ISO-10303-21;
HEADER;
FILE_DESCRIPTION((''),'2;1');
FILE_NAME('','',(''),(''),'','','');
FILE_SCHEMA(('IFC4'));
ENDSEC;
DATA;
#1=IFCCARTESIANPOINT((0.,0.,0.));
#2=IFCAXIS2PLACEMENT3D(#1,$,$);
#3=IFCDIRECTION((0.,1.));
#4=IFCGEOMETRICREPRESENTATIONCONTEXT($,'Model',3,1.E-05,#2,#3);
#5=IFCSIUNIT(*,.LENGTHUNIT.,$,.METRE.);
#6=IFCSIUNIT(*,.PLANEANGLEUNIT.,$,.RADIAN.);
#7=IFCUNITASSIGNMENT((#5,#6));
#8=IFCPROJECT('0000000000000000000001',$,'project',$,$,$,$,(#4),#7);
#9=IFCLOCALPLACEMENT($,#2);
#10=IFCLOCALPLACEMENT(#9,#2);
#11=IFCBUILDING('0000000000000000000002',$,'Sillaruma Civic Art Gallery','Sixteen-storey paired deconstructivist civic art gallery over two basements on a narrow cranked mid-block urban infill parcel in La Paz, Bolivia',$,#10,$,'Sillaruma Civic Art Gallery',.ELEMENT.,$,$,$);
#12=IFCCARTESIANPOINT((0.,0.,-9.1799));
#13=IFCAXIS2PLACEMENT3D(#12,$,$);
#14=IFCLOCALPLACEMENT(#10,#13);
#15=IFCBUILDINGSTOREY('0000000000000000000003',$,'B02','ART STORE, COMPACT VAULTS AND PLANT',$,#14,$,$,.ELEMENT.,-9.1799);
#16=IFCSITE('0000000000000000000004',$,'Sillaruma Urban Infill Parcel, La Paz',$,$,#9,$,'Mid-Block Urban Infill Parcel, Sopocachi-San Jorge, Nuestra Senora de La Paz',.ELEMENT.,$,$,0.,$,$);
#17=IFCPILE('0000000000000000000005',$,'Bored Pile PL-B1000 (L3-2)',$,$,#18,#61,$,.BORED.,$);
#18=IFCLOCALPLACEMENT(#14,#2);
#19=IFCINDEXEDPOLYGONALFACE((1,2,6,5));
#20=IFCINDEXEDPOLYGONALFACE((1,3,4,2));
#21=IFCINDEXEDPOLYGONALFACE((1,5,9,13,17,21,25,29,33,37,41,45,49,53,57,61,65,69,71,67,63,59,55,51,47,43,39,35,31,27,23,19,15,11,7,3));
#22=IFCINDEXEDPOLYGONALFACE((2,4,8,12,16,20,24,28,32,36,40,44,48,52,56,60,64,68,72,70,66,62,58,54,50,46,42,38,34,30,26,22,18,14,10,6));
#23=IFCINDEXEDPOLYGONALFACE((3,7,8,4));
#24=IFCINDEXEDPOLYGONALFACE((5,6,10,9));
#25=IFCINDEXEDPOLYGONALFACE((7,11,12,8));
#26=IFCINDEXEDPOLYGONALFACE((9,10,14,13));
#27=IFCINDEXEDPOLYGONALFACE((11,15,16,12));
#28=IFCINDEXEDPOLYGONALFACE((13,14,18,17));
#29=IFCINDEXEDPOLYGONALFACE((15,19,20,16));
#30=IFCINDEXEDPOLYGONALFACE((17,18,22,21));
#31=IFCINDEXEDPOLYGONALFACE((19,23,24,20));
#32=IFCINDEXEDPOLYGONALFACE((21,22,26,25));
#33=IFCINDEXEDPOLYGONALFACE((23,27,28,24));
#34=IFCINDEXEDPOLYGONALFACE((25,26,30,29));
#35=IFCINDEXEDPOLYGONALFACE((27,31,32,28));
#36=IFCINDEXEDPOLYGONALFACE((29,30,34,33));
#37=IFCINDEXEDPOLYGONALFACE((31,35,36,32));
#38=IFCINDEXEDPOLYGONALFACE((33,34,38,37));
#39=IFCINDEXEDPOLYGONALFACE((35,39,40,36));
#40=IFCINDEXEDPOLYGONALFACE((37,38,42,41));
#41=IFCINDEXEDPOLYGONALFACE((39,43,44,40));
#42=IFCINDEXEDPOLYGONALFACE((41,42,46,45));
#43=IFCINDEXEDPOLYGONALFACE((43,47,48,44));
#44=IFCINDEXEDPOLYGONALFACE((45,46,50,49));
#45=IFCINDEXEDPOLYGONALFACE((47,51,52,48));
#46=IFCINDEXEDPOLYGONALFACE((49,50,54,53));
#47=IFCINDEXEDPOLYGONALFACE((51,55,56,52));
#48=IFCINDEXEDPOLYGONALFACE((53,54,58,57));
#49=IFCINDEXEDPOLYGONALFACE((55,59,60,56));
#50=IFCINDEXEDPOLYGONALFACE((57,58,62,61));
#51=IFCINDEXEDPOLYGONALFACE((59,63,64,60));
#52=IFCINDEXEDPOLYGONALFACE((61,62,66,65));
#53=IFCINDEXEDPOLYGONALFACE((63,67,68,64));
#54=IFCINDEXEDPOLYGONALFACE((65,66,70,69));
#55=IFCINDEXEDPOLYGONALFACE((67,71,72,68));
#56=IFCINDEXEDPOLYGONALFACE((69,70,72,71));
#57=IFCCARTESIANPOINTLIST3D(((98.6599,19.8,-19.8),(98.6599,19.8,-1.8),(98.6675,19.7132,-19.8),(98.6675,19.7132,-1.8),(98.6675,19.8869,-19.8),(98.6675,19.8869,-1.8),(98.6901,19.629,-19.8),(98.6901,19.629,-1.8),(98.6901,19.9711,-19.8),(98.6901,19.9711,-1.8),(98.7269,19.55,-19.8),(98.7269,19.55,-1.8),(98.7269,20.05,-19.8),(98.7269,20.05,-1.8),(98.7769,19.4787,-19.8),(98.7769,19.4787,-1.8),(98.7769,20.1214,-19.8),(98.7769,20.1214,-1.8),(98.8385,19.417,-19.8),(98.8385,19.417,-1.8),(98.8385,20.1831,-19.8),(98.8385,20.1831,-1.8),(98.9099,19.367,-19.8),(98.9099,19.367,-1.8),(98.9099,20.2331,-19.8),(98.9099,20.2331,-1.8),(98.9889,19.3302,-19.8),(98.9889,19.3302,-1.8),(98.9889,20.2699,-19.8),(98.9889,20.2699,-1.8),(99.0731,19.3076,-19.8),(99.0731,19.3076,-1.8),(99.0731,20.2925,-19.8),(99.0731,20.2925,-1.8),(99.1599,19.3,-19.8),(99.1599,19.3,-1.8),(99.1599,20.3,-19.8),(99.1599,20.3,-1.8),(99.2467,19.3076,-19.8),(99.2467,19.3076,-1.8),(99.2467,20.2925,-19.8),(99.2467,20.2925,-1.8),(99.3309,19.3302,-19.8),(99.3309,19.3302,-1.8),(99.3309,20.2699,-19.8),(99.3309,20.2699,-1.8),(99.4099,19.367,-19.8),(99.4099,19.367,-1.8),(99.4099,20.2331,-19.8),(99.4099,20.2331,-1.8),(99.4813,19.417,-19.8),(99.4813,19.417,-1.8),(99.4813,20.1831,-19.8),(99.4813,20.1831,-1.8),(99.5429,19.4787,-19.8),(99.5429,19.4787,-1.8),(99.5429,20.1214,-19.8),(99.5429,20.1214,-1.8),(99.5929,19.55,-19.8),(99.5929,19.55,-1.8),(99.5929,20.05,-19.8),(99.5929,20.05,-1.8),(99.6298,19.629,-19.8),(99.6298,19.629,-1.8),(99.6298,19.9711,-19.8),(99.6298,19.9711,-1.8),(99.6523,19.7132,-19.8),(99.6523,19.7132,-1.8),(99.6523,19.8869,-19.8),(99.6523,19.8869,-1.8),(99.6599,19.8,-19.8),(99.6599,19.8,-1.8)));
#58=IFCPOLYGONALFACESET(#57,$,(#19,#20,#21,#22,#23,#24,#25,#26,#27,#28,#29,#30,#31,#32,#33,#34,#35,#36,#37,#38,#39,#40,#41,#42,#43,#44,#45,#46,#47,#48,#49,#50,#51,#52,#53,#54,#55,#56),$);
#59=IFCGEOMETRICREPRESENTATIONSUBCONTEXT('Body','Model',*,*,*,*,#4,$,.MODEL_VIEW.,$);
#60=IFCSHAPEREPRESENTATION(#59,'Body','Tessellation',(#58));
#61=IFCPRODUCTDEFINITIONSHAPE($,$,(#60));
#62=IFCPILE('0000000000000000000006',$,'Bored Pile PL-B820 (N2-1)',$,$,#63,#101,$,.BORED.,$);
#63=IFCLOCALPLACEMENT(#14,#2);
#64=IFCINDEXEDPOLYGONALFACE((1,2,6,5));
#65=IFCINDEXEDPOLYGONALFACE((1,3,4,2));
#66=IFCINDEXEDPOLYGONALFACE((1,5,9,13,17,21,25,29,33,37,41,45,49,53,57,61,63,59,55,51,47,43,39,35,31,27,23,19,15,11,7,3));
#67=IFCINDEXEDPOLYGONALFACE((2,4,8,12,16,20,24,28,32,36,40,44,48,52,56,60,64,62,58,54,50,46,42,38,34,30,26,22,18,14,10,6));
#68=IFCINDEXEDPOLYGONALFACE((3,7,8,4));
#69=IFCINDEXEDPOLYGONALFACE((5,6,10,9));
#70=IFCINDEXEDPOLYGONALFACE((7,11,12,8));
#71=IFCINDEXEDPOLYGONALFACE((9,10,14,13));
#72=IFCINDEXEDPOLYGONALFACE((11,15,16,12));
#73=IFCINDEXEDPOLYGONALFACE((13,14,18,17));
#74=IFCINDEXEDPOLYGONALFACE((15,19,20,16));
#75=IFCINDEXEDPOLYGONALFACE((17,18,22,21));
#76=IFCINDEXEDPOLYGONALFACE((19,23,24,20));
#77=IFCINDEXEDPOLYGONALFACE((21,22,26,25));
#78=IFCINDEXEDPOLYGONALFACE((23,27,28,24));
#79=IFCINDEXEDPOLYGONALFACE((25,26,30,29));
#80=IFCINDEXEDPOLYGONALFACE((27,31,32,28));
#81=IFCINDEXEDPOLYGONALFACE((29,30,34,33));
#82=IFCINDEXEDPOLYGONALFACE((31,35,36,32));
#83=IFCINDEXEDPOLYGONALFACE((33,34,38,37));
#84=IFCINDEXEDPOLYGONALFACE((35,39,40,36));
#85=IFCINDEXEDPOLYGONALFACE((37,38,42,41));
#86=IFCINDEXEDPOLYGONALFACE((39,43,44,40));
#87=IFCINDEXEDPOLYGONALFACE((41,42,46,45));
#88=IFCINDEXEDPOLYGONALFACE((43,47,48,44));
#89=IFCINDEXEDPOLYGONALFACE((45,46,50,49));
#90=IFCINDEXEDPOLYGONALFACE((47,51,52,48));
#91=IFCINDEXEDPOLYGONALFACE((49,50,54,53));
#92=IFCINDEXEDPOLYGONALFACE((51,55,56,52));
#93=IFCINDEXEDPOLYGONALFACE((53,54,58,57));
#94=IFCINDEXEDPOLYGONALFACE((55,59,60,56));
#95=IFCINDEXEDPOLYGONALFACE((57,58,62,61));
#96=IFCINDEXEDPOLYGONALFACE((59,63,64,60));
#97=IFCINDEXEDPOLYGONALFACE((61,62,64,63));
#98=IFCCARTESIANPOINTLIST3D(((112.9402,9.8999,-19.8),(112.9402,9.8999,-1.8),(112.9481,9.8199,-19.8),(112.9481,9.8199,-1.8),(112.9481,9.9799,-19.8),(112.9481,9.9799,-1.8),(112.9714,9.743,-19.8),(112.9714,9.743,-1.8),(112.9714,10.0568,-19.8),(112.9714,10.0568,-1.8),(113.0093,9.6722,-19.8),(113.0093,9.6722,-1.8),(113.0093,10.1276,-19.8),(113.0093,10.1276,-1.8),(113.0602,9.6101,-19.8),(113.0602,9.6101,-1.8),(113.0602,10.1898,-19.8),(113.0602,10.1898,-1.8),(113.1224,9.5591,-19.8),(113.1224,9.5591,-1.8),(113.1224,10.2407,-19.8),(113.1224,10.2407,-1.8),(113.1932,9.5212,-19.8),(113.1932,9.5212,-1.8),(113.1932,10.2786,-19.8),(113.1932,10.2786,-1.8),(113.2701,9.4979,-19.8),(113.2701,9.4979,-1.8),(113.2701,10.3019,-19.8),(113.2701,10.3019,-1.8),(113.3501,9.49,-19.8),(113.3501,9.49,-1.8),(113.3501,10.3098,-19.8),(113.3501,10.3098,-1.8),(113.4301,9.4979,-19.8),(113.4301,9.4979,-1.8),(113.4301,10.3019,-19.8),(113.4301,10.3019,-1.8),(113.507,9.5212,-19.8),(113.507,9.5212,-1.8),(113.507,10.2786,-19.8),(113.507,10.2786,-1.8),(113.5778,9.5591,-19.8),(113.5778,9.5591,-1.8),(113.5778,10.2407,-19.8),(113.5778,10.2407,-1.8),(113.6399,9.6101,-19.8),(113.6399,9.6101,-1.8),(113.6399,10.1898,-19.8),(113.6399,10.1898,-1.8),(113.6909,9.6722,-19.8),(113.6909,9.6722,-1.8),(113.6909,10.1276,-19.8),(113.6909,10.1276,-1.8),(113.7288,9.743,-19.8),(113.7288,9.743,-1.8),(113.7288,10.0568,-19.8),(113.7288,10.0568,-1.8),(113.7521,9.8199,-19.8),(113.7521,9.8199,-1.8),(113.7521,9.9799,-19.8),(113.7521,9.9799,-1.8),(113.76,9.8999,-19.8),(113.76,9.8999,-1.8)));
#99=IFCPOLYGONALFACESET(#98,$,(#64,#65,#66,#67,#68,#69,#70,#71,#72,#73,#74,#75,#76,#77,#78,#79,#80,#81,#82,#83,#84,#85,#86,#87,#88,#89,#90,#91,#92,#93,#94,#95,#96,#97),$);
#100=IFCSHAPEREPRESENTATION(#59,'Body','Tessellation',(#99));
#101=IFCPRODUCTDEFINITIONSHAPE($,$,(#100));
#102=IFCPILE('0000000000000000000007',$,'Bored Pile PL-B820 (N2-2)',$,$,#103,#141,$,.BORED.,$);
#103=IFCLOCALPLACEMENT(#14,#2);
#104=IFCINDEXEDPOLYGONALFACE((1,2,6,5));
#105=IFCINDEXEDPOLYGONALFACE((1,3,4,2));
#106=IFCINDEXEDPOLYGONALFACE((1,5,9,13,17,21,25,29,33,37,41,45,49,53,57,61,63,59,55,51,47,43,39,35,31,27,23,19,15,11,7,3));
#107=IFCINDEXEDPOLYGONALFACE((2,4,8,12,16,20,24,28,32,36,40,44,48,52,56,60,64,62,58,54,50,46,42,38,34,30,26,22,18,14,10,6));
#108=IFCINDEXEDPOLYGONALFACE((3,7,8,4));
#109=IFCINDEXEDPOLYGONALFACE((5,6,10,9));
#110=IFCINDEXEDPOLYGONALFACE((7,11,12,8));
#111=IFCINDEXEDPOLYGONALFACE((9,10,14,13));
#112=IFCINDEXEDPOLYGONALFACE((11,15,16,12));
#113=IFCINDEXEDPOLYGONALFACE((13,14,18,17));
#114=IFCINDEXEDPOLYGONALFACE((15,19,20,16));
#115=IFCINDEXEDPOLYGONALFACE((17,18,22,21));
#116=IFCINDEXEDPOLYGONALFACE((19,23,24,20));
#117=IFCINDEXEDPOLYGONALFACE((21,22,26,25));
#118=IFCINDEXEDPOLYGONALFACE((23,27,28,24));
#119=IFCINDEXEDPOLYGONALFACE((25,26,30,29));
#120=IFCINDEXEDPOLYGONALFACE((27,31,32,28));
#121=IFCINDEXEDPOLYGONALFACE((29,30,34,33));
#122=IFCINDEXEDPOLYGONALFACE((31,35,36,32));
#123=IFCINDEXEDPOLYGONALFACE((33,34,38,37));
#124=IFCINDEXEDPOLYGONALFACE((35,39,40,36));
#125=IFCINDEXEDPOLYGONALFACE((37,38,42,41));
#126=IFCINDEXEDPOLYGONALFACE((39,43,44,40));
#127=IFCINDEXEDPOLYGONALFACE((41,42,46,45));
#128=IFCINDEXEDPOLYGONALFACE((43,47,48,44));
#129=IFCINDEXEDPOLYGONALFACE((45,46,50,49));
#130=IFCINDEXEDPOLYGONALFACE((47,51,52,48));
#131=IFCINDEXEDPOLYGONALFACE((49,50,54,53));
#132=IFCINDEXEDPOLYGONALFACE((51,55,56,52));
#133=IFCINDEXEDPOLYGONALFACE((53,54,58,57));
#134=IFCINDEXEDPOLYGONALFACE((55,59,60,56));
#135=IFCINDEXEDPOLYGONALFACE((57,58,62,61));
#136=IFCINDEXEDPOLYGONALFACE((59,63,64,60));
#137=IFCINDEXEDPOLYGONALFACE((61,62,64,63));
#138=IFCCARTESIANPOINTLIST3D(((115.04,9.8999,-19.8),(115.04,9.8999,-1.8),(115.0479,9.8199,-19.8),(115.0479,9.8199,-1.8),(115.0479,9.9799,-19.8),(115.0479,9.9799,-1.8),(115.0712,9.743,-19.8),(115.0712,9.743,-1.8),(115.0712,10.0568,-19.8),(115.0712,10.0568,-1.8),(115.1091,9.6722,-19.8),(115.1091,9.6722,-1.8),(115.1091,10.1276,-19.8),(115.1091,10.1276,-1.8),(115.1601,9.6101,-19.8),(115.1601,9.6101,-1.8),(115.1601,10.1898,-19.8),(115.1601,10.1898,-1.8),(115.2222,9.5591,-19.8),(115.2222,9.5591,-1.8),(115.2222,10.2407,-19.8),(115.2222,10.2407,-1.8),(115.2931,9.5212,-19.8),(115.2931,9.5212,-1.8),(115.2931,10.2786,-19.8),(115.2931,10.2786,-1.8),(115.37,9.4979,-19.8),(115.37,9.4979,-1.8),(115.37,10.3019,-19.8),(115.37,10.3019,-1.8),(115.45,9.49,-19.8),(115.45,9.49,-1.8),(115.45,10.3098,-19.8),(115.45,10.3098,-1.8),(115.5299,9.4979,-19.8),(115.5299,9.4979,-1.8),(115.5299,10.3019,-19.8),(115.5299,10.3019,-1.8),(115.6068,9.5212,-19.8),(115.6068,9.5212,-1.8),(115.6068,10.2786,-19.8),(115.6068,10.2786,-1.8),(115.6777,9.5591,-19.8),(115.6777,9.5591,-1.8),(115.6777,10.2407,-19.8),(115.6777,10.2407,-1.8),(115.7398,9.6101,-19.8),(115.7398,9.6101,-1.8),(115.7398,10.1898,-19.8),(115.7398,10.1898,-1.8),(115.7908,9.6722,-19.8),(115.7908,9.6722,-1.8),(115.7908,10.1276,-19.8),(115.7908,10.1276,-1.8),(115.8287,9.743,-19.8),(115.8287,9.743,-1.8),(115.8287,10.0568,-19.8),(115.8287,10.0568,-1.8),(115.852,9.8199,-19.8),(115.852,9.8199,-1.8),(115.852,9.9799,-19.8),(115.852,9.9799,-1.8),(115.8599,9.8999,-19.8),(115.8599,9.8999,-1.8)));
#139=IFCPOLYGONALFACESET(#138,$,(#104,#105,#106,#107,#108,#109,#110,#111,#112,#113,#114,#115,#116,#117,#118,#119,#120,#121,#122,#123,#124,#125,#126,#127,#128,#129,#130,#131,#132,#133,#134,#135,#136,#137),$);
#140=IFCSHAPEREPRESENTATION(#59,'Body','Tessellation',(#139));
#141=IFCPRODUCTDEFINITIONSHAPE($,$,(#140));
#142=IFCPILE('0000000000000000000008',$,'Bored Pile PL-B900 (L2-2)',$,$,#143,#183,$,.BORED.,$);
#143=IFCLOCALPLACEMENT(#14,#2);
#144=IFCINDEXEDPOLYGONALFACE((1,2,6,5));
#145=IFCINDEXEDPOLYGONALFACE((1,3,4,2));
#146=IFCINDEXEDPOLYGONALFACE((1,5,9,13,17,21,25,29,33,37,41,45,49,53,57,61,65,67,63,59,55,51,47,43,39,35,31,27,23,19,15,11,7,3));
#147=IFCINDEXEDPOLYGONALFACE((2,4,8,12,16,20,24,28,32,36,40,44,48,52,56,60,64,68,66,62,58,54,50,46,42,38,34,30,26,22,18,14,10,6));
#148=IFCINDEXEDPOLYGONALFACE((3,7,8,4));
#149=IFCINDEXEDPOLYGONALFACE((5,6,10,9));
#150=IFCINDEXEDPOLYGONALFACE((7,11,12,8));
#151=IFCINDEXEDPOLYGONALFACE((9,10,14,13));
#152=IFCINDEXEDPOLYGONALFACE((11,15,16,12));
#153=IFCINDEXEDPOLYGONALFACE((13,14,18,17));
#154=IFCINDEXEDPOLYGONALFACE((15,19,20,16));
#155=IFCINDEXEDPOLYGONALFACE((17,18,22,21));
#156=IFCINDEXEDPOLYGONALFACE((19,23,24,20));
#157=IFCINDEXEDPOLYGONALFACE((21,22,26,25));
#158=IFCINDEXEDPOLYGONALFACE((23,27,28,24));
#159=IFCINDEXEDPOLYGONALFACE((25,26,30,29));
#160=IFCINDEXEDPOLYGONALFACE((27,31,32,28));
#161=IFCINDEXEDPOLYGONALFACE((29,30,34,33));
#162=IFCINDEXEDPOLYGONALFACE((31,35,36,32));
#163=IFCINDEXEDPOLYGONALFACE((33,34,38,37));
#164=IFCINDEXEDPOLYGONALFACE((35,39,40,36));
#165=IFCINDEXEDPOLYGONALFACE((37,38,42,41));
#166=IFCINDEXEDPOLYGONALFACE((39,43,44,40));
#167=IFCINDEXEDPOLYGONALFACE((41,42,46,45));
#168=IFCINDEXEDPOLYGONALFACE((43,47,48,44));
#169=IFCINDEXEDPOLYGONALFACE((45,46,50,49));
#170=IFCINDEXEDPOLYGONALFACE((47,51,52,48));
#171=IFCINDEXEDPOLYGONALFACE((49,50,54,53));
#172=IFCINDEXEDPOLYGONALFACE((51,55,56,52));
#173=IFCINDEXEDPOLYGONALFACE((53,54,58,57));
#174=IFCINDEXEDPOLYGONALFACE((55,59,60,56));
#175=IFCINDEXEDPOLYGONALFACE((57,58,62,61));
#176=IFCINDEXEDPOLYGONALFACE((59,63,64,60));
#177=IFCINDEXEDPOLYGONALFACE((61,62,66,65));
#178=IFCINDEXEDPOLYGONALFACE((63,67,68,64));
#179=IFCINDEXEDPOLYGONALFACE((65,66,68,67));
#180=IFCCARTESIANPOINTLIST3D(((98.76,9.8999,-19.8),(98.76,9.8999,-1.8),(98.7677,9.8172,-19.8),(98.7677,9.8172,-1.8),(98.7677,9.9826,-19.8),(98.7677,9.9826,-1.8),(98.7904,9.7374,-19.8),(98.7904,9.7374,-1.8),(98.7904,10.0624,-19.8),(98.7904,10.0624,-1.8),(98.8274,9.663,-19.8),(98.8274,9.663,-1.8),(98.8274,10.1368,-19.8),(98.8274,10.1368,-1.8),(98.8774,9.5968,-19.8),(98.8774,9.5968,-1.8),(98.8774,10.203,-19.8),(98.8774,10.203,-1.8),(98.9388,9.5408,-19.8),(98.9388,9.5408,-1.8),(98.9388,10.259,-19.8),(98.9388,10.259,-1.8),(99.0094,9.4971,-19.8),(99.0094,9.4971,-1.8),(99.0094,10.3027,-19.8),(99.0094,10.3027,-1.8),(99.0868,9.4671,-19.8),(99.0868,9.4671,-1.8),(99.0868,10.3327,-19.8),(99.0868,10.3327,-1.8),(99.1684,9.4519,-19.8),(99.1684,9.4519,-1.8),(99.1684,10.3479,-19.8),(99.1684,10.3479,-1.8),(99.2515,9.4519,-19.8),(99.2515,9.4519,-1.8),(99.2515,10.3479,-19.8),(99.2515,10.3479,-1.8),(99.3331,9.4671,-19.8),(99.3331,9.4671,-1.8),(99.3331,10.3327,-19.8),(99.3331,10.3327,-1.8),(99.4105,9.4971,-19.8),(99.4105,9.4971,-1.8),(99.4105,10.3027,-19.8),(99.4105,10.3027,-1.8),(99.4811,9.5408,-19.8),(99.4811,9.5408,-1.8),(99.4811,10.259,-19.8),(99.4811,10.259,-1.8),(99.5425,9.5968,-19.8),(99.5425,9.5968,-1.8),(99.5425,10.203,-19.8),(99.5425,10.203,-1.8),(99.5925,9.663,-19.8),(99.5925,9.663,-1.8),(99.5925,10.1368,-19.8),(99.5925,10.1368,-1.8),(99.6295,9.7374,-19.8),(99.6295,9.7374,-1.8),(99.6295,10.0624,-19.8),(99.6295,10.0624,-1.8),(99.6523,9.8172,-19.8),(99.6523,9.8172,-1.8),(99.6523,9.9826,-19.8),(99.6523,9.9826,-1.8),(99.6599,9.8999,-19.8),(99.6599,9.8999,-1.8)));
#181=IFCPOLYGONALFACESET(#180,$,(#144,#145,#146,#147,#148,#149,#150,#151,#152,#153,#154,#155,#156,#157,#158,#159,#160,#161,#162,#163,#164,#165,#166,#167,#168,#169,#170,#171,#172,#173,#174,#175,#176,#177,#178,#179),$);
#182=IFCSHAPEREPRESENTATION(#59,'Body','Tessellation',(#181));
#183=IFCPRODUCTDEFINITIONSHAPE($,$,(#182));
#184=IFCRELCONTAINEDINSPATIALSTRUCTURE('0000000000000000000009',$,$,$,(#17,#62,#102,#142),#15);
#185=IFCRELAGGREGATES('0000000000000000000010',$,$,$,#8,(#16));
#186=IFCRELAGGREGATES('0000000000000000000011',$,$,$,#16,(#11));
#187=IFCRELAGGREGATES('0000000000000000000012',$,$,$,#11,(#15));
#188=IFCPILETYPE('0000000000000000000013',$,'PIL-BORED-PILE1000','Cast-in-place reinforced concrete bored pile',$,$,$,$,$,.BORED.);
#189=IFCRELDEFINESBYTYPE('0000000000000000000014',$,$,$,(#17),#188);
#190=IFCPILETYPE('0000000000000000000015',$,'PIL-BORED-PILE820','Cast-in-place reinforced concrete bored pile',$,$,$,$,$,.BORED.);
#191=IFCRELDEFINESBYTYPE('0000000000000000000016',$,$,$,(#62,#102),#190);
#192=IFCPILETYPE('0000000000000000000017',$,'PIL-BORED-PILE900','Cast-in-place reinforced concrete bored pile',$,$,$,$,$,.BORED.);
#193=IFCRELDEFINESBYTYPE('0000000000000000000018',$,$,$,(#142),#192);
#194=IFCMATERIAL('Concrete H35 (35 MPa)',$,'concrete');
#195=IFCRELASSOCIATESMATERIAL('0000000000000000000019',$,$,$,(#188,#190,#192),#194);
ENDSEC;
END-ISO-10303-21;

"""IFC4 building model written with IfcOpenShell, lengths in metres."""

from ifc_helpers import new_model, si_unit, direction, frame, origin, origin_2d, place, context, subcontext, project, spatial, circle, extrude, material, material_profile, profile_set, type_object, element, save


model = new_model("IFC4")

# Units and contexts
model_context = context("Model", 3, precision=1e-05, world=origin(), true_north=direction((0.0, 1.0)))
body_context = subcontext(model_context, "Body", "Model", "MODEL_VIEW")
ifc_project = project(units=[si_unit("LENGTHUNIT", "METRE"), si_unit("PLANEANGLEUNIT", "RADIAN")], contexts=[model_context])

# Site, building, storey
site_placement = place(None, origin())
site = spatial("IfcSite", under=ifc_project, at=site_placement, Name="Sillaruma Urban Infill Parcel, La Paz", LongName="Mid-Block Urban Infill Parcel, Sopocachi-San Jorge, Nuestra Senora de La Paz", CompositionType="ELEMENT", RefElevation=0.0)
building_placement = place(site_placement, origin())
building = spatial("IfcBuilding", under=site, at=building_placement, Name="Sillaruma Civic Art Gallery", Description="Sixteen-storey paired deconstructivist civic art gallery over two basements on a narrow cranked mid-block urban infill parcel in La Paz, Bolivia", LongName="Sillaruma Civic Art Gallery", CompositionType="ELEMENT")
storey_placement = place(building_placement, frame((0.0, 0.0, -9.1799)))
storey = spatial("IfcBuildingStorey", under=building, at=storey_placement, Name="B02", Description="ART STORE, COMPACT VAULTS AND PLANT", CompositionType="ELEMENT", Elevation=-9.1799)

# Shared definitions
ifc_material_1 = material(Name="Concrete H35 (35 MPa)", Category="concrete")

# Piles
ifc_material_profile_1 = material_profile(ifc_material_1, circle(Radius=0.5, at=origin_2d()), Name="PILE1000")
ifc_profile_set_1 = profile_set([ifc_material_profile_1], Name="Concrete H35 (35 MPa)")
pile_type_1 = type_object("IfcPileType", Name="PIL-BORED-PILE1000", Description="Cast-in-place reinforced concrete bored pile", PredefinedType="BORED", material=ifc_profile_set_1)
pile_1_placement = place(storey_placement, frame((99.1599, 19.8, -1.8), z_axis=(0.0, 0.0, -1.0), x_axis=(1.0, 0.0, 0.0)))
element("IfcPile", 1, at=pile_1_placement, inside=storey, type_object=pile_type_1, Name="Bored Pile PL-B1000 (L3-2)", PredefinedType="BORED", context=body_context, shape_type="SweptSolid", body=[
    extrude(circle(Radius=0.5, at=origin_2d()), origin(), (0.0, 0.0, 1.0), 18.0),
])
ifc_material_profile_2 = material_profile(ifc_material_1, circle(Radius=0.4099, at=origin_2d()), Name="PILE820")
ifc_profile_set_2 = profile_set([ifc_material_profile_2], Name="Concrete H35 (35 MPa)")
pile_type_2 = type_object("IfcPileType", Name="PIL-BORED-PILE820", Description="Cast-in-place reinforced concrete bored pile", PredefinedType="BORED", material=ifc_profile_set_2)
for number, where, z_axis, x_axis, name in (
    (2, (113.3501, 9.8999, -1.8), (0.0, 0.0, -1.0), (1.0, 0.0, 0.0), "Bored Pile PL-B820 (N2-1)"),
    (3, (115.45, 9.8999, -1.8), (0.0, 0.0, -1.0), (1.0, 0.0, 0.0), "Bored Pile PL-B820 (N2-2)"),
):
    element("IfcPile", number, at=place(storey_placement, frame(where, z_axis=z_axis, x_axis=x_axis)), inside=storey, type_object=pile_type_2, Name=name, PredefinedType="BORED", context=body_context, shape_type="SweptSolid", body=[
        extrude(circle(Radius=0.4099, at=origin_2d()), origin(), (0.0, 0.0, 1.0), 18.0),
    ])
ifc_material_profile_3 = material_profile(ifc_material_1, circle(Radius=0.45, at=origin_2d()), Name="PILE900")
ifc_profile_set_3 = profile_set([ifc_material_profile_3], Name="Concrete H35 (35 MPa)")
pile_type_3 = type_object("IfcPileType", Name="PIL-BORED-PILE900", Description="Cast-in-place reinforced concrete bored pile", PredefinedType="BORED", material=ifc_profile_set_3)
for number, where, z_axis, x_axis, name in (
    (4, (99.21, 9.8999, -1.8), (0.0, 0.0, -1.0), (1.0, 0.0, 0.0), "Bored Pile PL-B900 (L2-2)"),
):
    element("IfcPile", number, at=place(storey_placement, frame(where, z_axis=z_axis, x_axis=x_axis)), inside=storey, type_object=pile_type_3, Name=name, PredefinedType="BORED", context=body_context, shape_type="SweptSolid", body=[
        extrude(circle(Radius=0.45, at=origin_2d()), origin(), (0.0, 0.0, 1.0), 18.0),
    ])

save(model, "model.ifc")
